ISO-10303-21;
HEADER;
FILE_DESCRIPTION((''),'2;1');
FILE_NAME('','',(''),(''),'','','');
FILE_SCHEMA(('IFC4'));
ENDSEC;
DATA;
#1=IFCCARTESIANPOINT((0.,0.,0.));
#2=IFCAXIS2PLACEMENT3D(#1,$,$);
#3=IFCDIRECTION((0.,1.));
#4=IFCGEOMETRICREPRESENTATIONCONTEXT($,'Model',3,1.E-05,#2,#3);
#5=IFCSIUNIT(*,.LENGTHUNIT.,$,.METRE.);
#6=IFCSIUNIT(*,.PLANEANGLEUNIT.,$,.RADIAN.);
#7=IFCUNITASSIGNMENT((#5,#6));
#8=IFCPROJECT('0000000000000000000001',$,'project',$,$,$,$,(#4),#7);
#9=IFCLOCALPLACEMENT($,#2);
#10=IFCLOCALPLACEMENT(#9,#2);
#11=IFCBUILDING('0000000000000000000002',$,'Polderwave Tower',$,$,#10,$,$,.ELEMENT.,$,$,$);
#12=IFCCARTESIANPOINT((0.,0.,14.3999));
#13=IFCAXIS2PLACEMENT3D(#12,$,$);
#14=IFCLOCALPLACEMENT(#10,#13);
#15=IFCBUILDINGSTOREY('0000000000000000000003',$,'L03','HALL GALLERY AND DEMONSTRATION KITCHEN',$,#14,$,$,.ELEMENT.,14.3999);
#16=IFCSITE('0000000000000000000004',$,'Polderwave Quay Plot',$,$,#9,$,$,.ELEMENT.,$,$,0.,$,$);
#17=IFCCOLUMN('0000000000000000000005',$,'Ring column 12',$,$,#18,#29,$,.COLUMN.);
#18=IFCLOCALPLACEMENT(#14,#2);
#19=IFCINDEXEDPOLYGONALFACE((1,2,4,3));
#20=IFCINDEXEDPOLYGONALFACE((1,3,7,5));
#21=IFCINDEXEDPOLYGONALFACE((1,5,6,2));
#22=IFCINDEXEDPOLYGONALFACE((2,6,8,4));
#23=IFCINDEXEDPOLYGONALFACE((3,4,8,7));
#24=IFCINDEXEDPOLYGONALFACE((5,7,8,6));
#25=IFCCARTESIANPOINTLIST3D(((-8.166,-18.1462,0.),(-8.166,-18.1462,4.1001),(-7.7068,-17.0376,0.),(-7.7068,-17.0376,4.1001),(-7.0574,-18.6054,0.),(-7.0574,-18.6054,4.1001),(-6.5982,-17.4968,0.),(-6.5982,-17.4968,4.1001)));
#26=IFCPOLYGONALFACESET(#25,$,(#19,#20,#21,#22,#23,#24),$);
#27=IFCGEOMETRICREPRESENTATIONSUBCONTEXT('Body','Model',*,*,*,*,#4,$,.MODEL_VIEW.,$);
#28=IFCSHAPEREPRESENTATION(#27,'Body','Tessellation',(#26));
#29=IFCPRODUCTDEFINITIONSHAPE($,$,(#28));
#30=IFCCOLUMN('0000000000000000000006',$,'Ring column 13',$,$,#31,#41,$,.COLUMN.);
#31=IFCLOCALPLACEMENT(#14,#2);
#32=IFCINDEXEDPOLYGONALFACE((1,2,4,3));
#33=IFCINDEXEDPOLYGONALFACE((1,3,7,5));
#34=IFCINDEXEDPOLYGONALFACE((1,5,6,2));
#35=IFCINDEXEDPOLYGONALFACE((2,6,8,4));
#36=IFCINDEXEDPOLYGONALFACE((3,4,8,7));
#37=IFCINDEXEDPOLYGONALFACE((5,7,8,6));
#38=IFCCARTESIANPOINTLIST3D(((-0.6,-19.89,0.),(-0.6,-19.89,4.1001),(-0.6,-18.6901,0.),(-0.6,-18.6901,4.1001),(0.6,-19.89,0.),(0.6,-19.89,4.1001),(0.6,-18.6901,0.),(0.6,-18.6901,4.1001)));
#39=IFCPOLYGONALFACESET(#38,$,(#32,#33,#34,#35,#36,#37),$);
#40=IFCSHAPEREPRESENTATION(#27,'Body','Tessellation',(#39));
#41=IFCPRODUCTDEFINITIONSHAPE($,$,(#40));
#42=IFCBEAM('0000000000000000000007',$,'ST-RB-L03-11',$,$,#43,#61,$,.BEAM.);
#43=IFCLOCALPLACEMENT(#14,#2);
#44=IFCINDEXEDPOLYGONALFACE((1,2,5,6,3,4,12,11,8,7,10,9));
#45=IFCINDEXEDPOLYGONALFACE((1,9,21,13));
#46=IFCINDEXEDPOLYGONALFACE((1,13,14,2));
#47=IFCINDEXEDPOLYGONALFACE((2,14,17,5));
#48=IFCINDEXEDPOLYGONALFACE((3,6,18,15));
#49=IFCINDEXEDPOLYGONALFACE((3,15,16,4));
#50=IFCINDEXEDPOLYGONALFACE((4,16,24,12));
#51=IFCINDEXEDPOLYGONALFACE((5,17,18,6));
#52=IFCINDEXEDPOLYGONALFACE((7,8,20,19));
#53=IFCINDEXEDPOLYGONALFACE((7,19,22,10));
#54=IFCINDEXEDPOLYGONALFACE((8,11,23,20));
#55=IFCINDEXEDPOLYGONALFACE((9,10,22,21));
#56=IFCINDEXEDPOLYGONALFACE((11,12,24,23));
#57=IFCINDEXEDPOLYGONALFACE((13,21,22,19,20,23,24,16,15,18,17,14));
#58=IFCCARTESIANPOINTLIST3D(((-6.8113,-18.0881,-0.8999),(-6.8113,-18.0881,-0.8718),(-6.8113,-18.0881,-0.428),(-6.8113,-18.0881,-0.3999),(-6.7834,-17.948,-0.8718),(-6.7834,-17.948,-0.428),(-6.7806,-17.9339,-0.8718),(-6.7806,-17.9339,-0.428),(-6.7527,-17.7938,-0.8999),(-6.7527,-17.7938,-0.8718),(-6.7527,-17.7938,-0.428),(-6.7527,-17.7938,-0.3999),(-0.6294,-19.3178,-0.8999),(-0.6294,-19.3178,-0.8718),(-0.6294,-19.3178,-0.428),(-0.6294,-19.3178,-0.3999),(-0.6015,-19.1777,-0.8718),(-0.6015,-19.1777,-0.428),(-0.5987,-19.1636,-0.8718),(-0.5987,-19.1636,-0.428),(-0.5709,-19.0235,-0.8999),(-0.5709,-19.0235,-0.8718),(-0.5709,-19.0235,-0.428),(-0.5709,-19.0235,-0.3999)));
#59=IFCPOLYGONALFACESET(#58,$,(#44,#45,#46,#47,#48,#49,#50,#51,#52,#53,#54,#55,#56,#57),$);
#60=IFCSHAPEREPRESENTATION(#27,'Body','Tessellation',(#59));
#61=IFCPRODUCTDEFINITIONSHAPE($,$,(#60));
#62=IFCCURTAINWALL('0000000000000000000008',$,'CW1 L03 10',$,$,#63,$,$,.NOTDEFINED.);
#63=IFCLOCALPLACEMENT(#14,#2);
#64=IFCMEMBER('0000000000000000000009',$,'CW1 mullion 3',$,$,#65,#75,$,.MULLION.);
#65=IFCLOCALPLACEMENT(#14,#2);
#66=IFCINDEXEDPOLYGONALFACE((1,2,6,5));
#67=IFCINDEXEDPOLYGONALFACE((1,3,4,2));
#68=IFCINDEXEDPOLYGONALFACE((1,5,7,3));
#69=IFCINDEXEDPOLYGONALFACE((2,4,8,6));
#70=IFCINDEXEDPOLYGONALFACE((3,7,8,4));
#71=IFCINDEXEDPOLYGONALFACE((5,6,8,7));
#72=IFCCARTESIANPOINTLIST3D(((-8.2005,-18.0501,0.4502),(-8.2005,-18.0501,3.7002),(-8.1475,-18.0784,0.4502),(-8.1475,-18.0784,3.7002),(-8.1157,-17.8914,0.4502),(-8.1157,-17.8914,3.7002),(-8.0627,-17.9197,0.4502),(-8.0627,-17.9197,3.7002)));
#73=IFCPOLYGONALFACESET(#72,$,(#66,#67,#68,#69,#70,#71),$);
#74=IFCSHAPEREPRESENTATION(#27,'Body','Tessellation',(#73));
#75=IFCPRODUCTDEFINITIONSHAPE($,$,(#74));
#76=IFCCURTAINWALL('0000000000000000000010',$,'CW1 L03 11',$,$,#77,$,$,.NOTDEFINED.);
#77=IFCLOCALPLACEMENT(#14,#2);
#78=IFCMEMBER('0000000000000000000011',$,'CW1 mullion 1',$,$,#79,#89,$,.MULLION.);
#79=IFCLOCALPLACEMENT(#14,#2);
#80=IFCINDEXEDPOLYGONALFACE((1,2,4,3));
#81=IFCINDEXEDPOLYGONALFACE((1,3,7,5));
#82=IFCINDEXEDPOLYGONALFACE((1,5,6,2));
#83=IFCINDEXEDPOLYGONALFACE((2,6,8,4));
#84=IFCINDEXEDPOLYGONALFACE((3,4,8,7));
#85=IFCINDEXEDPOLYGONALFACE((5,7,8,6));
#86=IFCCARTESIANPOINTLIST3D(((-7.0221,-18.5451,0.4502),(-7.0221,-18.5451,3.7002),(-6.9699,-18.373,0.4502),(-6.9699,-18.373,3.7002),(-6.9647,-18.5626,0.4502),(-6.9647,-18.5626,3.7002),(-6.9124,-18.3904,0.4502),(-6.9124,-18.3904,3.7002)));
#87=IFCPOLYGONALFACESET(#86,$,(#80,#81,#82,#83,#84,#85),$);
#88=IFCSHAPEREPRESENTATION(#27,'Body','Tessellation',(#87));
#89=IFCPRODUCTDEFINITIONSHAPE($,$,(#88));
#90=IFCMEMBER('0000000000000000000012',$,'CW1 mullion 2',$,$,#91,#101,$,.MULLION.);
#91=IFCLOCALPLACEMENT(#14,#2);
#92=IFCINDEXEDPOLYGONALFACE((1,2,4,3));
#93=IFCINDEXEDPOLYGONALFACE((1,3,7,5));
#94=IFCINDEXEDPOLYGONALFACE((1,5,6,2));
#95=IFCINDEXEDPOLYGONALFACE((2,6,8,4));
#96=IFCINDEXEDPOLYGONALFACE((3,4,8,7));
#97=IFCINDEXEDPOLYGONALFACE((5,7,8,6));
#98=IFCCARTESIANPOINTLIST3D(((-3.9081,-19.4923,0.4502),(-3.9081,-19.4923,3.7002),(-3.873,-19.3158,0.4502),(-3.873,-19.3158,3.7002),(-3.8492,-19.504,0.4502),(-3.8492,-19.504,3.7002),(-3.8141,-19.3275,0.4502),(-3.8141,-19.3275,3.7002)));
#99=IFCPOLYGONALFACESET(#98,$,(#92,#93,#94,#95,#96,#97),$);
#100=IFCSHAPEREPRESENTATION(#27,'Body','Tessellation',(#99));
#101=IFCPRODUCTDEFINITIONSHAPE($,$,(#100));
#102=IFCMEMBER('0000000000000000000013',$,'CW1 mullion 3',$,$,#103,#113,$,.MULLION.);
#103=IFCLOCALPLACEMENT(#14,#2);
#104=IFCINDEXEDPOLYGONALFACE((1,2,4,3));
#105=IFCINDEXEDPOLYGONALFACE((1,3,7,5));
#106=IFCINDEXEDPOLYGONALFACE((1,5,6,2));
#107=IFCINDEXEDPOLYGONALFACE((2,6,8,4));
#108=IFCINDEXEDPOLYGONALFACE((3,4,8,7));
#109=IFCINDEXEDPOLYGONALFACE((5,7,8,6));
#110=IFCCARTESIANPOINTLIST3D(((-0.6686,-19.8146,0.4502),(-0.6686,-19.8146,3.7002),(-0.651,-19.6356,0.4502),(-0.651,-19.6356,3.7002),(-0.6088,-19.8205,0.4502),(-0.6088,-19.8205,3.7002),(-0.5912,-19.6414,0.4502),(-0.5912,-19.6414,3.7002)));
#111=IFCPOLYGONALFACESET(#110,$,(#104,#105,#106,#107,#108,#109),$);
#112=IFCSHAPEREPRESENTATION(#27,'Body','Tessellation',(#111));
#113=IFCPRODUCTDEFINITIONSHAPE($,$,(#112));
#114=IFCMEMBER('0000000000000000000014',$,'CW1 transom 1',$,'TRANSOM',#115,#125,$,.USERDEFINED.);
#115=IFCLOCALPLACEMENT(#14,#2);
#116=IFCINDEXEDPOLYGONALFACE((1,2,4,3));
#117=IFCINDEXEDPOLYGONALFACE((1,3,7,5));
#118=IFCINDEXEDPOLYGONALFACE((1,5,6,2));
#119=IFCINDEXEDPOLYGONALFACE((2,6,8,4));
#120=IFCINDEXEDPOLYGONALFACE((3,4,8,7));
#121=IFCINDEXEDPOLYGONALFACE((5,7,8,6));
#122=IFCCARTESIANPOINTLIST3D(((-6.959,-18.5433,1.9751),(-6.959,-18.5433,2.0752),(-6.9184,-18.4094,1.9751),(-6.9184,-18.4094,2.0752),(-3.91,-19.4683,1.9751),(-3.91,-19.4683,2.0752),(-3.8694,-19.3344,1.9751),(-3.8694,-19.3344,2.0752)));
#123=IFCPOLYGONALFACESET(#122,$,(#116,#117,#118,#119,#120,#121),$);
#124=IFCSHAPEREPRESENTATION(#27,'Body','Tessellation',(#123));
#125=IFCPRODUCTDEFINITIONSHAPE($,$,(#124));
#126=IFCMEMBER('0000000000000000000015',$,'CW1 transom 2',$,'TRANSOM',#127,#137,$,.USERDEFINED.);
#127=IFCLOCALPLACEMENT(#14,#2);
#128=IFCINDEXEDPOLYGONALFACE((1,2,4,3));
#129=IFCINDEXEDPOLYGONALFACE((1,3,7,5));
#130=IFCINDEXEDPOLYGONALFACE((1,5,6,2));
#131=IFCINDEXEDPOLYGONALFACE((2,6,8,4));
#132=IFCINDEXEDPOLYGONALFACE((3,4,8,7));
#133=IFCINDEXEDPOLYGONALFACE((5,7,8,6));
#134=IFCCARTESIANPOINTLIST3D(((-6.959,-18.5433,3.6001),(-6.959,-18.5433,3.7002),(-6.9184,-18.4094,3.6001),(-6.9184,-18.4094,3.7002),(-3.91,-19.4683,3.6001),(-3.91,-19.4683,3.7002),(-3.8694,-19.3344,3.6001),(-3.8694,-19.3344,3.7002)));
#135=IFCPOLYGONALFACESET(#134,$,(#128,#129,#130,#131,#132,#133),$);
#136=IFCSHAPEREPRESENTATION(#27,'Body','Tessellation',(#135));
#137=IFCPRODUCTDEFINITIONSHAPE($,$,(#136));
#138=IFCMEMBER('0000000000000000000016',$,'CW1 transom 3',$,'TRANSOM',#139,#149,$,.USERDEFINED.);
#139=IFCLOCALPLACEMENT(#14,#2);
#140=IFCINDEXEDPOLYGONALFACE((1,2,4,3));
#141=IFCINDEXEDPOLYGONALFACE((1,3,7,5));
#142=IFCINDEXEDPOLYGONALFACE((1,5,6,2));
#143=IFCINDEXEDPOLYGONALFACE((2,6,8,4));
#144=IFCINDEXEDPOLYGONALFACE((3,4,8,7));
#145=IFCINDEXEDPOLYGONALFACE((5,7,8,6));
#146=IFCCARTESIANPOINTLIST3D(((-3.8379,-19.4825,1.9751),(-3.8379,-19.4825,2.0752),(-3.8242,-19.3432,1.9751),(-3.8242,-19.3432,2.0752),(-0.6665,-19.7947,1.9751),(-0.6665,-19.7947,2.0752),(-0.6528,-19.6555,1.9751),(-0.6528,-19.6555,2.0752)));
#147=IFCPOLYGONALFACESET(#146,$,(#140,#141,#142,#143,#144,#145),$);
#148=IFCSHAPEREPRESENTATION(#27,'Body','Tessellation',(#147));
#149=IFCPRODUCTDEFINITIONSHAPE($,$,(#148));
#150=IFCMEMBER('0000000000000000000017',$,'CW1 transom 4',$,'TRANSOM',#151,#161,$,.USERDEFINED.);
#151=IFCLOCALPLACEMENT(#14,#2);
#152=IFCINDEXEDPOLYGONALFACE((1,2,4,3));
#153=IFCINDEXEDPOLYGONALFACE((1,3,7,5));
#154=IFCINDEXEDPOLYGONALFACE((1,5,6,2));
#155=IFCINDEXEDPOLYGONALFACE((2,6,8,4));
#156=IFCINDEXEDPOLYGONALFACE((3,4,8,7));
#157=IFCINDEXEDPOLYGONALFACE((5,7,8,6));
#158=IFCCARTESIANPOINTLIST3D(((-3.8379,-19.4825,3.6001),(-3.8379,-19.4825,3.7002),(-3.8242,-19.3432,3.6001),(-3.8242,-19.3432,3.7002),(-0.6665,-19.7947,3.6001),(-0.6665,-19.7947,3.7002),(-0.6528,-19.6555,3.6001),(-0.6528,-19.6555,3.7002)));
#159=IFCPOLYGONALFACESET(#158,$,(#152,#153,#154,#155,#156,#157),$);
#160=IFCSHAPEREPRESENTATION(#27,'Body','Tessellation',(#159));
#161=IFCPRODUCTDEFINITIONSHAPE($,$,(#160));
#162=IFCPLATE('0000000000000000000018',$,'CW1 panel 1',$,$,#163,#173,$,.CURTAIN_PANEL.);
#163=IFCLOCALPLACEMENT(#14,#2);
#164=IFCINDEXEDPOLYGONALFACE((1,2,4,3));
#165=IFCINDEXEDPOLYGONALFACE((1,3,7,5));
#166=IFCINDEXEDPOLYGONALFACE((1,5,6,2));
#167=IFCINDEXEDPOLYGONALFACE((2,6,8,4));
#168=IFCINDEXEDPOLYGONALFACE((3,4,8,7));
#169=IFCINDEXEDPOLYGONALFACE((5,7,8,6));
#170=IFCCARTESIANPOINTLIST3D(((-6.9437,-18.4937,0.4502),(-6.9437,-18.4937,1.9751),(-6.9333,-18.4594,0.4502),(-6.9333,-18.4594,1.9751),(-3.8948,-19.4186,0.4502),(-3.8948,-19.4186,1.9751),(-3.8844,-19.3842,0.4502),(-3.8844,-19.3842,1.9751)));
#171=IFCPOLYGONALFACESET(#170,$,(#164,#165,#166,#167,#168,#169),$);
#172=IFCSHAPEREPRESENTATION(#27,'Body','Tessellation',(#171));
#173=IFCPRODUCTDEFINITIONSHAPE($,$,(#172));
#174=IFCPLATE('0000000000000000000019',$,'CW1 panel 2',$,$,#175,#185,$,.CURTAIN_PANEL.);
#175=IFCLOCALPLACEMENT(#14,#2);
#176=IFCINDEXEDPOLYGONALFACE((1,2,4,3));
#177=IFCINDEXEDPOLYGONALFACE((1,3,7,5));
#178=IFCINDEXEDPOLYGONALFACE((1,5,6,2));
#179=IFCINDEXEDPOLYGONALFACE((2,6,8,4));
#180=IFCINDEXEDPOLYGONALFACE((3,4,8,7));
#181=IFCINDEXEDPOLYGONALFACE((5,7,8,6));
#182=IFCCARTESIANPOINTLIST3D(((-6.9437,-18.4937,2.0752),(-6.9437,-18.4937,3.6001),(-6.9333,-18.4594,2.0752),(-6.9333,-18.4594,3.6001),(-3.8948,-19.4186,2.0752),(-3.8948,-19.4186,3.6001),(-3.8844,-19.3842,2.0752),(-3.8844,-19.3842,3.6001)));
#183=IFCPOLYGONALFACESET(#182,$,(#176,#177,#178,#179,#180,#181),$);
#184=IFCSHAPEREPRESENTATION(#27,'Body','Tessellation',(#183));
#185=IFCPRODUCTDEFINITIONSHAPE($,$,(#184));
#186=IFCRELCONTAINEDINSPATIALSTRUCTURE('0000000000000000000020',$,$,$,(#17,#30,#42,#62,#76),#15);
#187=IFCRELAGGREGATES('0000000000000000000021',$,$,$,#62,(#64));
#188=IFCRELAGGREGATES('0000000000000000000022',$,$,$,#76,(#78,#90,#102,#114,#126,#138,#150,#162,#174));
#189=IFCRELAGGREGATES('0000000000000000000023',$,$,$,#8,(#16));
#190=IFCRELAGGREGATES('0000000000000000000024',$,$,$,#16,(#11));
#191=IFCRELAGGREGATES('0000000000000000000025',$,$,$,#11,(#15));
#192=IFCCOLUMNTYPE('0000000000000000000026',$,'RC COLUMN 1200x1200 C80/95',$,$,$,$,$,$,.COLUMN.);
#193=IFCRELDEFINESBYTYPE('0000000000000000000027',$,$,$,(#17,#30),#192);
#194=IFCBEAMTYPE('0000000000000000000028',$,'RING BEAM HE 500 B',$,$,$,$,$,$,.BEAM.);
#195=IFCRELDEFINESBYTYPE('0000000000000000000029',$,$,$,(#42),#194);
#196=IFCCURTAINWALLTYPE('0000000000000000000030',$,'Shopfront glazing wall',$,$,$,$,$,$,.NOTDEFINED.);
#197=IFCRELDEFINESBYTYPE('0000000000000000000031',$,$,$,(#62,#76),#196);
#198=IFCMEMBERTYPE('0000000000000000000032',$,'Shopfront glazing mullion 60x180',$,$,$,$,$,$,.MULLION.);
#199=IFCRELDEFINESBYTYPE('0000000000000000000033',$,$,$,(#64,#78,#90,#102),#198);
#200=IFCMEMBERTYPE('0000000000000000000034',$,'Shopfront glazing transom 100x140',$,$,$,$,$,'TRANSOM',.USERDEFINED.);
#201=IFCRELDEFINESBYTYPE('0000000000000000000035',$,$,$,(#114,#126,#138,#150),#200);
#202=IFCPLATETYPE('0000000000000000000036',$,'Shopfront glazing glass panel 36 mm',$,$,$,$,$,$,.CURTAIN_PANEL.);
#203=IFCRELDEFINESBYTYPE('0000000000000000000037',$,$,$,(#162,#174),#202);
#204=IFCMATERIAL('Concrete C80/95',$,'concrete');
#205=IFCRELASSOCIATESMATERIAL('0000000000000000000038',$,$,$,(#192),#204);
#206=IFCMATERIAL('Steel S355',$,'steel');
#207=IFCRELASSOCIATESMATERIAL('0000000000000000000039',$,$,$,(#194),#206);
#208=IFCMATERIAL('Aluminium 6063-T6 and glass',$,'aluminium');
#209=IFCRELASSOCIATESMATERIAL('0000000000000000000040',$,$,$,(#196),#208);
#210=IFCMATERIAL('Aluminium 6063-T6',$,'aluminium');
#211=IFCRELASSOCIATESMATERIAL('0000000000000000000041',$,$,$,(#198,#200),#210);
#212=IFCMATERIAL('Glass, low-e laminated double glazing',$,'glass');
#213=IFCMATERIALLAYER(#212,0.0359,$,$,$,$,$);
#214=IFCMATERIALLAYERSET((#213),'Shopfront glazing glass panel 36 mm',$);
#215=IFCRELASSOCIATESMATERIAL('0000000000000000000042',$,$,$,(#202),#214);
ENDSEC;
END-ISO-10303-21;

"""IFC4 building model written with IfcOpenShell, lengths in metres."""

from ifc_helpers import new_model, si_unit, direction, frame, origin, origin_2d, place, context, subcontext, project, spatial, rectangle, i_section, extrude, material, layer, layer_set, material_profile, profile_set, type_object, element, aggregate, save


model = new_model("IFC4")

# Units and contexts
model_context = context("Model", 3, precision=1e-05, world=origin(), true_north=direction((0.0, 1.0)))
body_context = subcontext(model_context, "Body", "Model", "MODEL_VIEW")
ifc_project = project(units=[si_unit("LENGTHUNIT", "METRE"), si_unit("PLANEANGLEUNIT", "RADIAN")], contexts=[model_context])

# Site, building, storey
site_placement = place(None, origin())
site = spatial("IfcSite", under=ifc_project, at=site_placement, Name="Polderwave Quay Plot", CompositionType="ELEMENT", RefElevation=0.0)
building_placement = place(site_placement, origin())
building = spatial("IfcBuilding", under=site, at=building_placement, Name="Polderwave Tower", CompositionType="ELEMENT")
storey_placement = place(building_placement, frame((0.0, 0.0, 14.3999)))
storey = spatial("IfcBuildingStorey", under=building, at=storey_placement, Name="L03", Description="HALL GALLERY AND DEMONSTRATION KITCHEN", CompositionType="ELEMENT", Elevation=14.3999)

# Columns
ifc_material_1 = material(Name="Concrete C80/95", Category="concrete")
ifc_material_profile_1 = material_profile(ifc_material_1, rectangle(XDim=1.2, YDim=1.2, at=origin_2d()), Name="RC 1200x1200")
ifc_profile_set_1 = profile_set([ifc_material_profile_1], Name="Concrete C80/95")
column_type = type_object("IfcColumnType", Name="RC COLUMN 1200x1200 C80/95", PredefinedType="COLUMN", material=ifc_profile_set_1)
for number, where, z_axis, x_axis, name in (
    (1, (-7.3821, -17.8215, 0.0), (0.0, 0.0, 1.0), (-0.382683, -0.92388, 0.0), "Ring column 12"),
    (2, (0.0, -19.29, 0.0), (0.0, 0.0, 1.0), (0.0, -1.0, 0.0), "Ring column 13"),
):
    element("IfcColumn", number, at=place(storey_placement, frame(where, z_axis=z_axis, x_axis=x_axis)), inside=storey, type_object=column_type, Name=name, PredefinedType="COLUMN", context=body_context, shape_type="SweptSolid", body=[
        extrude(rectangle(XDim=1.2, YDim=1.2, at=origin_2d()), origin(), (0.0, 0.0, 1.0), 4.1001),
    ])

# Beam
ifc_material_2 = material(Name="Steel S355", Category="steel")
ifc_material_profile_2 = material_profile(ifc_material_2, i_section(OverallWidth=0.3, OverallDepth=0.5, WebThickness=0.0144, FlangeThickness=0.0281, at=origin_2d()), Name="HE 500 B")
ifc_profile_set_2 = profile_set([ifc_material_profile_2], Name="Steel S355")
beam_type = type_object("IfcBeamType", Name="RING BEAM HE 500 B", PredefinedType="BEAM", material=ifc_profile_set_2)
beam_placement = place(storey_placement, frame((-6.782, -17.9409, -0.6499), z_axis=(0.980783, -0.195103, 0.0), x_axis=(0.195103, 0.980783, 0.0)))
element("IfcBeam", 3, at=beam_placement, inside=storey, type_object=beam_type, Name="ST-RB-L03-11", PredefinedType="BEAM", context=body_context, shape_type="SweptSolid", body=[
    extrude(i_section(OverallWidth=0.3, OverallDepth=0.5, WebThickness=0.0144, FlangeThickness=0.0281, at=origin_2d()), origin(), (0.0, 0.0, 1.0), 6.303),
])

# Curtain wall, member
ifc_material_3 = material(Name="Aluminium 6063-T6 and glass", Category="aluminium")
curtain_wall_type = type_object("IfcCurtainWallType", Name="Shopfront glazing wall", PredefinedType="NOTDEFINED", material=ifc_material_3)
curtain_wall_1_placement = place(storey_placement, origin())
curtain_wall_1 = element("IfcCurtainWall", 4, at=curtain_wall_1_placement, inside=storey, type_object=curtain_wall_type, Name="CW1 L03 10", PredefinedType="NOTDEFINED")
ifc_material_4 = material(Name="Aluminium 6063-T6", Category="aluminium")
ifc_material_profile_3 = material_profile(ifc_material_4, rectangle(XDim=0.1799, YDim=0.0601, at=origin_2d()), Name="AL 60x180")
ifc_profile_set_3 = profile_set([ifc_material_profile_3], Name="Aluminium 6063-T6")
member_type_1 = type_object("IfcMemberType", Name="Shopfront glazing mullion 60x180", PredefinedType="MULLION", material=ifc_profile_set_3)
member_1_placement = place(storey_placement, frame((-8.1316, -17.9849, 0.4502), z_axis=(0.0, 0.0, 1.0), x_axis=(0.471221, 0.882015, 0.0)))
member_1 = element("IfcMember", 5, at=member_1_placement, type_object=member_type_1, Name="CW1 mullion 3", PredefinedType="MULLION", context=body_context, shape_type="SweptSolid", body=[
    extrude(rectangle(XDim=0.1799, YDim=0.0601, at=origin_2d()), origin(), (0.0, 0.0, 1.0), 3.25),
])
aggregate(curtain_wall_1, [member_1])

# Curtain wall, members, plates
curtain_wall_2_placement = place(storey_placement, origin())
curtain_wall_2 = element("IfcCurtainWall", 6, at=curtain_wall_2_placement, inside=storey, type_object=curtain_wall_type, Name="CW1 L03 11", PredefinedType="NOTDEFINED")
member_2_placement = place(storey_placement, frame((-6.9673, -18.4678, 0.4502), z_axis=(0.0, 0.0, 1.0), x_axis=(0.290286, 0.95694, 0.0)))
member_2 = element("IfcMember", 7, at=member_2_placement, type_object=member_type_1, Name="CW1 mullion 1", PredefinedType="MULLION", context=body_context, shape_type="SweptSolid", body=[
    extrude(rectangle(XDim=0.1799, YDim=0.0601, at=origin_2d()), origin(), (0.0, 0.0, 1.0), 3.25),
])
member_3_placement = place(storey_placement, frame((-3.8611, -19.4099, 0.4502), z_axis=(0.0, 0.0, 1.0), x_axis=(0.195065, 0.98079, 0.0)))
member_3 = element("IfcMember", 8, at=member_3_placement, type_object=member_type_1, Name="CW1 mullion 2", PredefinedType="MULLION", context=body_context, shape_type="SweptSolid", body=[
    extrude(rectangle(XDim=0.1799, YDim=0.0601, at=origin_2d()), origin(), (0.0, 0.0, 1.0), 3.25),
])
member_4_placement = place(storey_placement, frame((-0.6299, -19.728, 0.4502), z_axis=(0.0, 0.0, 1.0), x_axis=(0.097963, 0.99519, 0.0)))
member_4 = element("IfcMember", 9, at=member_4_placement, type_object=member_type_1, Name="CW1 mullion 3", PredefinedType="MULLION", context=body_context, shape_type="SweptSolid", body=[
    extrude(rectangle(XDim=0.1799, YDim=0.0601, at=origin_2d()), origin(), (0.0, 0.0, 1.0), 3.25),
])
ifc_material_profile_4 = material_profile(ifc_material_4, rectangle(XDim=0.1399, YDim=0.1001, at=origin_2d()), Name="AL 100x140")
ifc_profile_set_4 = profile_set([ifc_material_profile_4], Name="Aluminium 6063-T6")
member_type_2 = type_object("IfcMemberType", Name="Shopfront glazing transom 100x140", ElementType="TRANSOM", PredefinedType="USERDEFINED", material=ifc_profile_set_4)
member_5_placement = place(storey_placement, frame((-6.9387, -18.4763, 2.0251), z_axis=(0.95693, -0.29032, 0.0), x_axis=(0.29032, 0.95693, 0.0)))
member_5 = element("IfcMember", 10, at=member_5_placement, type_object=member_type_2, Name="CW1 transom 1", ObjectType="TRANSOM", PredefinedType="USERDEFINED", context=body_context, shape_type="SweptSolid", body=[
    extrude(rectangle(XDim=0.1399, YDim=0.1001, at=origin_2d()), origin(), (0.0, 0.0, 1.0), 3.1863),
])
member_6_placement = place(storey_placement, frame((-6.9387, -18.4763, 3.6501), z_axis=(0.95693, -0.29032, 0.0), x_axis=(0.29032, 0.95693, 0.0)))
member_6 = element("IfcMember", 11, at=member_6_placement, type_object=member_type_2, Name="CW1 transom 2", ObjectType="TRANSOM", PredefinedType="USERDEFINED", context=body_context, shape_type="SweptSolid", body=[
    extrude(rectangle(XDim=0.1399, YDim=0.1001, at=origin_2d()), origin(), (0.0, 0.0, 1.0), 3.1863),
])
member_7_placement = place(storey_placement, frame((-3.8311, -19.4128, 2.0251), z_axis=(0.995188, -0.097987, 0.0), x_axis=(0.097987, 0.995188, 0.0)))
member_7 = element("IfcMember", 12, at=member_7_placement, type_object=member_type_2, Name="CW1 transom 3", ObjectType="TRANSOM", PredefinedType="USERDEFINED", context=body_context, shape_type="SweptSolid", body=[
    extrude(rectangle(XDim=0.1399, YDim=0.1001, at=origin_2d()), origin(), (0.0, 0.0, 1.0), 3.1868),
])
member_8_placement = place(storey_placement, frame((-3.8311, -19.4128, 3.6501), z_axis=(0.995188, -0.097987, 0.0), x_axis=(0.097987, 0.995188, 0.0)))
member_8 = element("IfcMember", 13, at=member_8_placement, type_object=member_type_2, Name="CW1 transom 4", ObjectType="TRANSOM", PredefinedType="USERDEFINED", context=body_context, shape_type="SweptSolid", body=[
    extrude(rectangle(XDim=0.1399, YDim=0.1001, at=origin_2d()), origin(), (0.0, 0.0, 1.0), 3.1868),
])
ifc_material_5 = material(Name="Glass, low-e laminated double glazing", Category="glass")
ifc_layer_1 = layer(ifc_material_5, 0.0359)
ifc_layer_set_1 = layer_set([ifc_layer_1], Name="Shopfront glazing glass panel 36 mm")
plate_type = type_object("IfcPlateType", Name="Shopfront glazing glass panel 36 mm", PredefinedType="CURTAIN_PANEL", material=ifc_layer_set_1)
plate_1_placement = place(storey_placement, frame((-5.4141, -18.939, 0.4502), z_axis=(0.0, 0.0, 1.0), x_axis=(0.95694, -0.290286, 0.0)))
plate_1 = element("IfcPlate", 14, at=plate_1_placement, type_object=plate_type, Name="CW1 panel 1", PredefinedType="CURTAIN_PANEL", context=body_context, shape_type="SweptSolid", body=[
    extrude(rectangle(XDim=3.186, YDim=0.0359, at=origin_2d()), origin(), (0.0, 0.0, 1.0), 1.5249),
])
plate_2_placement = place(storey_placement, frame((-5.4141, -18.939, 2.0752), z_axis=(0.0, 0.0, 1.0), x_axis=(0.95694, -0.290286, 0.0)))
plate_2 = element("IfcPlate", 15, at=plate_2_placement, type_object=plate_type, Name="CW1 panel 2", PredefinedType="CURTAIN_PANEL", context=body_context, shape_type="SweptSolid", body=[
    extrude(rectangle(XDim=3.186, YDim=0.0359, at=origin_2d()), origin(), (0.0, 0.0, 1.0), 1.5249),
])
aggregate(curtain_wall_2, [member_2, member_3, member_4, member_5, member_6, member_7, member_8, plate_1, plate_2])

save(model, "model.ifc")
